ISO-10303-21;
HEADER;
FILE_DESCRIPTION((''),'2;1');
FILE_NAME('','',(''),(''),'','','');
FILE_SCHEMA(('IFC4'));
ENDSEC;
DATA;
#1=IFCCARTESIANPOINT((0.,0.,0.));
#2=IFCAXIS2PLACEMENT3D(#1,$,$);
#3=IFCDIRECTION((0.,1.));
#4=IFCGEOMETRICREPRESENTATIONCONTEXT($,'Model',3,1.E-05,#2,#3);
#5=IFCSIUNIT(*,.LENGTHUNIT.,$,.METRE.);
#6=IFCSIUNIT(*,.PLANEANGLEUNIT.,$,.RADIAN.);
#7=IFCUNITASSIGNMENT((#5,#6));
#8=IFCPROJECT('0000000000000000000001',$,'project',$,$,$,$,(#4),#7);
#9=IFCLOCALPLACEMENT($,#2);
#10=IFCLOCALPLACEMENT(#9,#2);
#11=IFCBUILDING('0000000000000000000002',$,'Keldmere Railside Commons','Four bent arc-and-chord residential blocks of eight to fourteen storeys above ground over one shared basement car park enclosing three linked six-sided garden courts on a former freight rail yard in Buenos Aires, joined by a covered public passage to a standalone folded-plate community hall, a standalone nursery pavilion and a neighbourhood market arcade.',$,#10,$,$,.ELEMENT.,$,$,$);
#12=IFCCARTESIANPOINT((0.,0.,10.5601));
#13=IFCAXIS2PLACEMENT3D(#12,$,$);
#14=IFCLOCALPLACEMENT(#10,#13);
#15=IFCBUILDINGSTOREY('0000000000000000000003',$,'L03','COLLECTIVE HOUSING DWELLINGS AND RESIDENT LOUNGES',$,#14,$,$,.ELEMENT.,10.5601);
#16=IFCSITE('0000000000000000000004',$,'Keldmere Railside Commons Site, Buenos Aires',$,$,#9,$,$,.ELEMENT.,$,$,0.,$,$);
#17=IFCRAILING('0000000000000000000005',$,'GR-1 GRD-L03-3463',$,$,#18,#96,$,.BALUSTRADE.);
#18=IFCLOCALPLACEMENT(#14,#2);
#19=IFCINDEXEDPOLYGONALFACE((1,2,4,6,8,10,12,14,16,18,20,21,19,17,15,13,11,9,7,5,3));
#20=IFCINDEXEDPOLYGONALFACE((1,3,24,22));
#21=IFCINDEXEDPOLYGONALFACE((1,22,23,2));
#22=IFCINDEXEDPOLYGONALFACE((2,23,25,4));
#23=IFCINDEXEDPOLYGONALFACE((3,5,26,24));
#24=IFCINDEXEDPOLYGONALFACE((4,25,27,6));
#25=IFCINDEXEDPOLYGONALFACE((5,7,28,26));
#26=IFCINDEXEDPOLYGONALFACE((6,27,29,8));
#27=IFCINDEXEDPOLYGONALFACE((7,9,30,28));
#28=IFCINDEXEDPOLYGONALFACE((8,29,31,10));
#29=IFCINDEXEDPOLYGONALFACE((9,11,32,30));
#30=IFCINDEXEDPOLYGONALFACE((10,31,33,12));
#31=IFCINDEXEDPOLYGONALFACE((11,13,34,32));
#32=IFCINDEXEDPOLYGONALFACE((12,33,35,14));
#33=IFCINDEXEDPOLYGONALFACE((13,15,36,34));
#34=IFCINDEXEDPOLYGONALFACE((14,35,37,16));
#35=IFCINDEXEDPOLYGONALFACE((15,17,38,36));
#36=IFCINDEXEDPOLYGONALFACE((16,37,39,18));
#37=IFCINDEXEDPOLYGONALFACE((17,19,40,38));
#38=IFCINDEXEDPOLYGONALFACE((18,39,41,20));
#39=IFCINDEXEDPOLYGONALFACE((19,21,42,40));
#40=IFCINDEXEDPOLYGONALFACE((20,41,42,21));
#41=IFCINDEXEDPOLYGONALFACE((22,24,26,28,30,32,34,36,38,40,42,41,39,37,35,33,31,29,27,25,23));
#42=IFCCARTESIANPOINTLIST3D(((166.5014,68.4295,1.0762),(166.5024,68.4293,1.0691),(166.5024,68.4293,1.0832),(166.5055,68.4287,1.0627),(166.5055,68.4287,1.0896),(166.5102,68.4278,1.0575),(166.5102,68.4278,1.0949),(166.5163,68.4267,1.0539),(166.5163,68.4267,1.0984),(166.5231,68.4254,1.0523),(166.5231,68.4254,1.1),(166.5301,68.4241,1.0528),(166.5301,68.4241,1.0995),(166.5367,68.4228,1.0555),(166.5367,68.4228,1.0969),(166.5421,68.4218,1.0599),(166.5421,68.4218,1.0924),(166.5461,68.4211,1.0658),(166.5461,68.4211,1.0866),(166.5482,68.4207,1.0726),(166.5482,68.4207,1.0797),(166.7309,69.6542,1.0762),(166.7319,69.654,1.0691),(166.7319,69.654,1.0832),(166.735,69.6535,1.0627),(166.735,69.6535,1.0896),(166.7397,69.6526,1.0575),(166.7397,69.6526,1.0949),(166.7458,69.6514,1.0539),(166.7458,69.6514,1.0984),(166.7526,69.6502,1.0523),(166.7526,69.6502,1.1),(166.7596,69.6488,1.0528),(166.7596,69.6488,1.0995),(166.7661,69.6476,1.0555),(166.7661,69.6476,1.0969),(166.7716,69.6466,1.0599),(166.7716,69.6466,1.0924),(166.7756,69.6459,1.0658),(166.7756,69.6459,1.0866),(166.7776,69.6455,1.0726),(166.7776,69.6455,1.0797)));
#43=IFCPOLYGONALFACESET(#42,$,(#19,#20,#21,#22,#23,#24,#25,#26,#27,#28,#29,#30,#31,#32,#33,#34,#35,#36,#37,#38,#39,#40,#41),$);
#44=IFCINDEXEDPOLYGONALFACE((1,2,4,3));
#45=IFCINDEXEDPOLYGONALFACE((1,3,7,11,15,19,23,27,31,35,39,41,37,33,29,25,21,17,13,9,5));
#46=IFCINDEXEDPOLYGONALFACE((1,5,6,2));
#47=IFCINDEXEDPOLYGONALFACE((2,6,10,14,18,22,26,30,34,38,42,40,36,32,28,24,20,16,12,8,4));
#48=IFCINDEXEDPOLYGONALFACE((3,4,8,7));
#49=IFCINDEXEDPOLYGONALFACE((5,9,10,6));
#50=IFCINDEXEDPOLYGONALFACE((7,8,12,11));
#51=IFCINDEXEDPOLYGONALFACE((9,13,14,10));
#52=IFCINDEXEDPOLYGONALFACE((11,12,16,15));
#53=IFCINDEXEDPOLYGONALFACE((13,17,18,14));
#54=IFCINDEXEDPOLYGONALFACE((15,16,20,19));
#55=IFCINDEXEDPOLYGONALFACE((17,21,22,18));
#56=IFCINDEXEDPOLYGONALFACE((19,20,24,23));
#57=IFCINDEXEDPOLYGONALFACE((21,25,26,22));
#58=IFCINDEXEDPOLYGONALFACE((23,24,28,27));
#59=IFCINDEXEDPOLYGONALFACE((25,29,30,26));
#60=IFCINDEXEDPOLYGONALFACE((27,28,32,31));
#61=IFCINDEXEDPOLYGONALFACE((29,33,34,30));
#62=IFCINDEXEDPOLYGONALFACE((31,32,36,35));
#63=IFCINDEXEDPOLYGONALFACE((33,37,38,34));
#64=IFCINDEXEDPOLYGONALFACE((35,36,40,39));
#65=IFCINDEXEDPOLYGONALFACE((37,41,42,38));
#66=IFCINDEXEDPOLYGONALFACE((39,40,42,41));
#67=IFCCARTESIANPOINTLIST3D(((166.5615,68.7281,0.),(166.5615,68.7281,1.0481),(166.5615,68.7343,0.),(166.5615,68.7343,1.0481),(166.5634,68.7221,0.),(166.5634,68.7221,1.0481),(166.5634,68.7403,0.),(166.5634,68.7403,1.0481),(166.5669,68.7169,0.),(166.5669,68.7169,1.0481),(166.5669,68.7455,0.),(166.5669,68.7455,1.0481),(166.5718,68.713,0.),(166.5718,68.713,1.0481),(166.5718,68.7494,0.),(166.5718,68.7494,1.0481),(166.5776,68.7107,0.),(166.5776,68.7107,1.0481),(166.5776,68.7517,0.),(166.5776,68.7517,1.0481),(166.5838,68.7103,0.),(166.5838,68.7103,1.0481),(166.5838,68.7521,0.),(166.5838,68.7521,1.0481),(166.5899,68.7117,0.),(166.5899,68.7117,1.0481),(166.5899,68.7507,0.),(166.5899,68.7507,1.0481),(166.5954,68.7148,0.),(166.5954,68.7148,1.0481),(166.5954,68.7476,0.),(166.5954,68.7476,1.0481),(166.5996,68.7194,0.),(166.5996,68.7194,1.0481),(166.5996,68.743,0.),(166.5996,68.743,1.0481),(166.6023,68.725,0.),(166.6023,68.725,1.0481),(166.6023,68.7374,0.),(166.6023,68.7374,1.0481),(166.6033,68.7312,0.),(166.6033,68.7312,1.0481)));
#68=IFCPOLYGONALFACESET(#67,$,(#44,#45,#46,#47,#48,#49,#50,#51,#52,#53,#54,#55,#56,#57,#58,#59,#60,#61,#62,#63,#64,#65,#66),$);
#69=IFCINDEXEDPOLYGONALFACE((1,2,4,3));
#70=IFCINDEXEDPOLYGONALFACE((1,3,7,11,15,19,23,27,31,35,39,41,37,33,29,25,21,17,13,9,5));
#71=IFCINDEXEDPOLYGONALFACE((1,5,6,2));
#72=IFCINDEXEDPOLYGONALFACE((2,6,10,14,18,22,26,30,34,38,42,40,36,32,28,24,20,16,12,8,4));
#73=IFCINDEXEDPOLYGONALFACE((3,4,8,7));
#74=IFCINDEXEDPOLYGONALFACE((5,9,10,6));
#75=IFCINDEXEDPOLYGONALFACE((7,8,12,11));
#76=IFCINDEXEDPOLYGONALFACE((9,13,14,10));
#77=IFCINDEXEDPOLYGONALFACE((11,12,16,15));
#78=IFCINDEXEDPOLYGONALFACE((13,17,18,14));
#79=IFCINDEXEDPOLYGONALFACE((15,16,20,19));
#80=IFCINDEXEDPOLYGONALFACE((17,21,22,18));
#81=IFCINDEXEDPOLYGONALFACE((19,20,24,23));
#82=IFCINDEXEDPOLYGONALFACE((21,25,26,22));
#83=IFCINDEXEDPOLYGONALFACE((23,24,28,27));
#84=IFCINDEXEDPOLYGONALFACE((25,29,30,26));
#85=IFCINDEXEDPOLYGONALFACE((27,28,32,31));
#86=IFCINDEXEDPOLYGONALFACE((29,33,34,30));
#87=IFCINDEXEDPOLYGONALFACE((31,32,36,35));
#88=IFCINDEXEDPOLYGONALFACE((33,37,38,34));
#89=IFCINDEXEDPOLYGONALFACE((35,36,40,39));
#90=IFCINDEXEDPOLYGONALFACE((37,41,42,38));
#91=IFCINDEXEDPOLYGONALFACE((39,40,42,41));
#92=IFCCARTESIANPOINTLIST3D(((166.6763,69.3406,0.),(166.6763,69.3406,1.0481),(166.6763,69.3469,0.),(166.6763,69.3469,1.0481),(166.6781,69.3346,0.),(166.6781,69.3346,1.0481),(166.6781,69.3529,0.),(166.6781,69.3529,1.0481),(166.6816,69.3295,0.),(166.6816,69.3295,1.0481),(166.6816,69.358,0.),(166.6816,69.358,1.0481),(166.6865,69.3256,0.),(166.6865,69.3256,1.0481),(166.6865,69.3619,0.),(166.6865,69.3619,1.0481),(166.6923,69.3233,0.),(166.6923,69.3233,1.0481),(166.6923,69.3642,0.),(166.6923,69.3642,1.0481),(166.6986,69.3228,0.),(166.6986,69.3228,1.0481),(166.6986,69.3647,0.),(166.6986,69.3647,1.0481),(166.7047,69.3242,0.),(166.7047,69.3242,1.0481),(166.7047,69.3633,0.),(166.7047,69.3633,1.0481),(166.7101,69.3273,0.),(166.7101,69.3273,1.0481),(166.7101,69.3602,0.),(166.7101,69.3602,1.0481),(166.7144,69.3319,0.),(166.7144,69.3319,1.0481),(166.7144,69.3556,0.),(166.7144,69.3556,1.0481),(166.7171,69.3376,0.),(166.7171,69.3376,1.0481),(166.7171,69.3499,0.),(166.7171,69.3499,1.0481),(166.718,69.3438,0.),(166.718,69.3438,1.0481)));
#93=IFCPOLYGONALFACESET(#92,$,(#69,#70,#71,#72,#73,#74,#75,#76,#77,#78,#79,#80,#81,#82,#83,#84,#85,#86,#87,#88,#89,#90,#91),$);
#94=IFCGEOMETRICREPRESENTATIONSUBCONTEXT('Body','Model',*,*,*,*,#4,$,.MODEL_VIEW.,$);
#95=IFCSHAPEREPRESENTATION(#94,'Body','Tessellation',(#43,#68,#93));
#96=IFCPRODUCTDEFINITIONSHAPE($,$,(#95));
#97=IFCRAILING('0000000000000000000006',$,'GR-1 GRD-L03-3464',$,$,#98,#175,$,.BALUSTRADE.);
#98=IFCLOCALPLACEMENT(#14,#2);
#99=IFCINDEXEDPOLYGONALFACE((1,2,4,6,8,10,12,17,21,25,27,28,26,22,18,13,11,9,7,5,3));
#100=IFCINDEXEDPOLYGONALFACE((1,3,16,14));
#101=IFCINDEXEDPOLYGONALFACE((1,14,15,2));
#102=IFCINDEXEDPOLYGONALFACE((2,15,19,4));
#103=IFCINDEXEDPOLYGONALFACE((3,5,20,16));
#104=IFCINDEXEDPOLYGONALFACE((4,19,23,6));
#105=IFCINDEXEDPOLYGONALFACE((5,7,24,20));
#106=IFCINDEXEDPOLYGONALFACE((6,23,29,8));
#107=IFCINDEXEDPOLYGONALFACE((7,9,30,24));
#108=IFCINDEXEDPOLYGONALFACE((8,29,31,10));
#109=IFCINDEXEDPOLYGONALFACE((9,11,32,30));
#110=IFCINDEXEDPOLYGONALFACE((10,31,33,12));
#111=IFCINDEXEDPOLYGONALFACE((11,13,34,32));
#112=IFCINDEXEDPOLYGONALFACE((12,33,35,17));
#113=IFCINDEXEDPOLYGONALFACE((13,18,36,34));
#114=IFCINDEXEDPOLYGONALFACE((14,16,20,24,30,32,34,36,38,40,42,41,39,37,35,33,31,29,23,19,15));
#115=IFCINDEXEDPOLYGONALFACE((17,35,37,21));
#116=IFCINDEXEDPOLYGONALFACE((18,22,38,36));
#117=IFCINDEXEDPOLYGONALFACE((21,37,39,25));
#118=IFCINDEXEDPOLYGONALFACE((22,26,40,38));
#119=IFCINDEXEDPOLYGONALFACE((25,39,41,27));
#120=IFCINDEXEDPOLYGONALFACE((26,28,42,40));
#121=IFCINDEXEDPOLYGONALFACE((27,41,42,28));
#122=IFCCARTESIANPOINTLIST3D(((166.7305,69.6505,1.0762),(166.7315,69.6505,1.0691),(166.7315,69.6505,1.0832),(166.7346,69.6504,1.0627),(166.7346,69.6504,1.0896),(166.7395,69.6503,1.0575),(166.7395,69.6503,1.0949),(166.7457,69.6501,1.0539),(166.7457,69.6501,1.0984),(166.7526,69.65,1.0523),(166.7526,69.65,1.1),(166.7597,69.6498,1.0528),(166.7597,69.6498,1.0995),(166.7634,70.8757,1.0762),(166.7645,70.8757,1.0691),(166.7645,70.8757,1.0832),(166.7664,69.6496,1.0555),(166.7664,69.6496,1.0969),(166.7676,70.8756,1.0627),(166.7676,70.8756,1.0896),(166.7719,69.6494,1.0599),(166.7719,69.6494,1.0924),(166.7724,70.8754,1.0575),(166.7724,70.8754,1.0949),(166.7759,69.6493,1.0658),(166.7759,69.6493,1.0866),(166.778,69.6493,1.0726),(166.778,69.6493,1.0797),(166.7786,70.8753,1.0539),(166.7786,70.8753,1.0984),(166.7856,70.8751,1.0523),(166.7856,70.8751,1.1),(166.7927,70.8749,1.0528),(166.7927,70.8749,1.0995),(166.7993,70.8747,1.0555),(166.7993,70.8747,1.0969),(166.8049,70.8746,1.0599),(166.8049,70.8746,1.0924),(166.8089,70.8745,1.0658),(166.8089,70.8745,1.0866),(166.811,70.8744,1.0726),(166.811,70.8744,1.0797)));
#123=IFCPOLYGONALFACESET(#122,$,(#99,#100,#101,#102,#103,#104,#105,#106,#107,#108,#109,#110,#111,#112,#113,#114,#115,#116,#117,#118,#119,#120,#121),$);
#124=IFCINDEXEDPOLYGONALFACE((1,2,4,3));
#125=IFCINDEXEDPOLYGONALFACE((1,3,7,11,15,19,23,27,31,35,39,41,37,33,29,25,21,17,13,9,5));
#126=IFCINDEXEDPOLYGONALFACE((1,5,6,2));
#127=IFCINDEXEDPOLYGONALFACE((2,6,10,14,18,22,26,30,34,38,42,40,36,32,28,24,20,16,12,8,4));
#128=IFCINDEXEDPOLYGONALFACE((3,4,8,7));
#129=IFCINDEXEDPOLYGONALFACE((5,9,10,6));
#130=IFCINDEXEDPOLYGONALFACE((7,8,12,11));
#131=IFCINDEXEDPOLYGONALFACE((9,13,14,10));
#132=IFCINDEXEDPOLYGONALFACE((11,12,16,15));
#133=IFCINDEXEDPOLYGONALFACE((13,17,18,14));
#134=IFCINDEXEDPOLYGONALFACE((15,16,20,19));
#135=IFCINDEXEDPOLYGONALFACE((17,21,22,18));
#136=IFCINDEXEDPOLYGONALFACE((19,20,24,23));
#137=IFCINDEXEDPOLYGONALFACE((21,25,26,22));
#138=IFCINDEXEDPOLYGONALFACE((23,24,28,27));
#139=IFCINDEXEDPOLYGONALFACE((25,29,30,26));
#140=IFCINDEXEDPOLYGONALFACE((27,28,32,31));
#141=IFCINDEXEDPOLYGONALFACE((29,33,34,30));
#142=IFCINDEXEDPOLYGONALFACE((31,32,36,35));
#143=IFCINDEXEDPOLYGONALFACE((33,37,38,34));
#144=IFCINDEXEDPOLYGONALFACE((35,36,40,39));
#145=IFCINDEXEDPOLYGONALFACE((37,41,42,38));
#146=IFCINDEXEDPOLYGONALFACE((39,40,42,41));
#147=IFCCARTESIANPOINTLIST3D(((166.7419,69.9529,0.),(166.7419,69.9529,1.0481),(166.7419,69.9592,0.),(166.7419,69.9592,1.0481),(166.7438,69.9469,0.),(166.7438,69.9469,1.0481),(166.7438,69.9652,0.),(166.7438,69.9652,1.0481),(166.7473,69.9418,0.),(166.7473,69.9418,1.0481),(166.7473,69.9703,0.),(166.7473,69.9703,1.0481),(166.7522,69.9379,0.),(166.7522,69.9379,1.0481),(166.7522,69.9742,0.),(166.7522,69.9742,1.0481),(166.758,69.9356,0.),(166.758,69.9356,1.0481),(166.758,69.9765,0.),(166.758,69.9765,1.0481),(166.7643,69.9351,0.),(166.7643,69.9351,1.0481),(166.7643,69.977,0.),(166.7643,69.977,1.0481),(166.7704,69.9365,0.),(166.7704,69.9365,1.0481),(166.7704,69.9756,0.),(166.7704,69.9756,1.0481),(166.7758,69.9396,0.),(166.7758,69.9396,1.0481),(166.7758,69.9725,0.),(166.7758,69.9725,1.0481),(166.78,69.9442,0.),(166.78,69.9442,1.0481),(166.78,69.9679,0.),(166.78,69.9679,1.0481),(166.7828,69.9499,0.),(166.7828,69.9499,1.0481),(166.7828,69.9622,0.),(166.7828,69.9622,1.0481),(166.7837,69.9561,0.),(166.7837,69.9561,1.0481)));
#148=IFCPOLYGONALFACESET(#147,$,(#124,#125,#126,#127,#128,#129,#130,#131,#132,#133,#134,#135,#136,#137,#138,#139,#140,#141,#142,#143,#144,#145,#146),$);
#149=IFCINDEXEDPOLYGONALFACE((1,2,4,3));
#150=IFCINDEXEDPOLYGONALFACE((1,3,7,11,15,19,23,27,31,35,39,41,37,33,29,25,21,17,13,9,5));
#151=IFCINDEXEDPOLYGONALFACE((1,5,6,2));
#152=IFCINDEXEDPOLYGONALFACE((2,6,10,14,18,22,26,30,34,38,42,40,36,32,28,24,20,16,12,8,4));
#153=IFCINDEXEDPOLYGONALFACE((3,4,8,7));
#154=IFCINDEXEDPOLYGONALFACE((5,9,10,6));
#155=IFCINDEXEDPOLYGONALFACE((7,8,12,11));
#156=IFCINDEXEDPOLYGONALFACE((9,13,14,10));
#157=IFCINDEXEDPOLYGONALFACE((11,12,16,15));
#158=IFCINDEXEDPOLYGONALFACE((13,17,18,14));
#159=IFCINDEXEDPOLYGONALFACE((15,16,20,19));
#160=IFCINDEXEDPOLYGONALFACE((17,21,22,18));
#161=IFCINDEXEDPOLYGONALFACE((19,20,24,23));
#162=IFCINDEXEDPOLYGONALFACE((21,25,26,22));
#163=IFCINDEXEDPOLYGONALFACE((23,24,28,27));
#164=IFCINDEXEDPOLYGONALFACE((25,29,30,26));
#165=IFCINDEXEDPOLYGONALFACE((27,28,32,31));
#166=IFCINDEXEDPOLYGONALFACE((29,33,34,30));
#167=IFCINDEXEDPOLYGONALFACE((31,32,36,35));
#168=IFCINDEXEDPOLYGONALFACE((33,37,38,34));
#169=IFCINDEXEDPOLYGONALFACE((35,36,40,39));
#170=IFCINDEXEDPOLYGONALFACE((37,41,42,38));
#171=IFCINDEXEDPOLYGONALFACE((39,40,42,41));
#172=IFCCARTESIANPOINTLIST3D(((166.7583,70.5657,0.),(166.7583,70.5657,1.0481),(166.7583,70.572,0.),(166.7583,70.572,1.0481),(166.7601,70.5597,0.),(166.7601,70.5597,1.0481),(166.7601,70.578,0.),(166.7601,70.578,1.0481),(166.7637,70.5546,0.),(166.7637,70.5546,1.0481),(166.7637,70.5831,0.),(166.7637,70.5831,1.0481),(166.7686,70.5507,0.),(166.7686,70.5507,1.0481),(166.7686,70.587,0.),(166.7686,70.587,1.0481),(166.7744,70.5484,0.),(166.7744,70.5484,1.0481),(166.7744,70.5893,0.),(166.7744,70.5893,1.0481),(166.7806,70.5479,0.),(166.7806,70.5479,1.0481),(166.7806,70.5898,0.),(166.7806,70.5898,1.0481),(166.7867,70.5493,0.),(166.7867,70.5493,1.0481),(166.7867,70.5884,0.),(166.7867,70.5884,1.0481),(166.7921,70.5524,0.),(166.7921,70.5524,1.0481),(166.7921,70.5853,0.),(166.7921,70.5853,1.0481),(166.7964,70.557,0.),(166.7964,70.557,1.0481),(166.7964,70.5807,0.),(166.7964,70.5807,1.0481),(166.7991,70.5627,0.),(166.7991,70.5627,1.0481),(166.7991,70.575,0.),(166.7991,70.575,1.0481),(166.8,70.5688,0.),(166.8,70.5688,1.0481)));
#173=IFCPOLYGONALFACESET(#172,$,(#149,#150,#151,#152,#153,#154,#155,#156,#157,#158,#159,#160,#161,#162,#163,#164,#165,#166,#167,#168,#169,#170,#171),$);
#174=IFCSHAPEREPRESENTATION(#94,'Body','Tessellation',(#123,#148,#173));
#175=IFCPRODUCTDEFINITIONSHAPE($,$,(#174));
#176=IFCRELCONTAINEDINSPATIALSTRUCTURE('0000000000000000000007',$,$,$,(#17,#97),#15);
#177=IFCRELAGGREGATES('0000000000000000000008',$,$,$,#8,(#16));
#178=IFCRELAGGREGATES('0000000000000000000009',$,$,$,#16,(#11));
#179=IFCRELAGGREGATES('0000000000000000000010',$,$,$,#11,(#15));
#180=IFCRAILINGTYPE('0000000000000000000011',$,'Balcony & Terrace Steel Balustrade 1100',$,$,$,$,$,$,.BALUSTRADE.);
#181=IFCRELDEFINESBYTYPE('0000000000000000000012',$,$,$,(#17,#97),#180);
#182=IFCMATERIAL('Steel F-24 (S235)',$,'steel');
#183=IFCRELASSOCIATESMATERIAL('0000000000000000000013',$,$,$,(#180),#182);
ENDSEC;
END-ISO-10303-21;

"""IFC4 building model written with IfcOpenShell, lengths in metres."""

from ifc_helpers import new_model, si_unit, direction, frame, origin, origin_2d, place, context, subcontext, project, spatial, circle, extrude, material, type_object, element, save


model = new_model("IFC4")

# Units and contexts
model_context = context("Model", 3, precision=1e-05, world=origin(), true_north=direction((0.0, 1.0)))
body_context = subcontext(model_context, "Body", "Model", "MODEL_VIEW")
ifc_project = project(units=[si_unit("LENGTHUNIT", "METRE"), si_unit("PLANEANGLEUNIT", "RADIAN")], contexts=[model_context])

# Site, building, storey
site_placement = place(None, origin())
site = spatial("IfcSite", under=ifc_project, at=site_placement, Name="Keldmere Railside Commons Site, Buenos Aires", CompositionType="ELEMENT", RefElevation=0.0)
building_placement = place(site_placement, origin())
building = spatial("IfcBuilding", under=site, at=building_placement, Name="Keldmere Railside Commons", Description="Four bent arc-and-chord residential blocks of eight to fourteen storeys above ground over one shared basement car park enclosing three linked six-sided garden courts on a former freight rail yard in Buenos Aires, joined by a covered public passage to a standalone folded-plate community hall, a standalone nursery pavilion and a neighbourhood market arcade.", CompositionType="ELEMENT")
storey_placement = place(building_placement, frame((0.0, 0.0, 10.5601)))
storey = spatial("IfcBuildingStorey", under=building, at=storey_placement, Name="L03", Description="COLLECTIVE HOUSING DWELLINGS AND RESIDENT LOUNGES", CompositionType="ELEMENT", Elevation=10.5601)

# Shared definitions
ifc_material_1 = material(Name="Steel F-24 (S235)", Category="steel")

# Railings
railing_type = type_object("IfcRailingType", Name="Balcony & Terrace Steel Balustrade 1100", PredefinedType="BALUSTRADE", material=ifc_material_1)
railing_1_placement = place(storey_placement, frame((166.5249, 68.425, 0.0)))
element("IfcRailing", 1, at=railing_1_placement, inside=storey, type_object=railing_type, Name="GR-1 GRD-L03-3463", PredefinedType="BALUSTRADE", context=body_context, shape_type="SweptSolid", body=[
    extrude(circle(Radius=0.0239, at=origin_2d()), frame((0.0, 0.0, 1.0762), z_axis=(0.184158, 0.982897, 0.0), x_axis=(-0.982897, 0.184158, 0.0)), (0.0, 0.0, 1.0), 1.2461),
    extrude(circle(Radius=0.021, at=origin_2d()), frame((0.0574, 0.3062, 0.0)), (0.0, 0.0, 1.0), 1.0481),
    extrude(circle(Radius=0.021, at=origin_2d()), frame((0.1721, 0.9187, 0.0)), (0.0, 0.0, 1.0), 1.0481),
])
railing_2_placement = place(storey_placement, frame((166.7544, 69.6499, 0.0)))
element("IfcRailing", 2, at=railing_2_placement, inside=storey, type_object=railing_type, Name="GR-1 GRD-L03-3464", PredefinedType="BALUSTRADE", context=body_context, shape_type="SweptSolid", body=[
    extrude(circle(Radius=0.0239, at=origin_2d()), frame((0.0, 0.0, 1.0762), z_axis=(0.026893, 0.999638, 0.0), x_axis=(-0.999638, 0.026893, 0.0)), (0.0, 0.0, 1.0), 1.2256),
    extrude(circle(Radius=0.021, at=origin_2d()), frame((0.0083, 0.3062, 0.0)), (0.0, 0.0, 1.0), 1.0481),
    extrude(circle(Radius=0.021, at=origin_2d()), frame((0.0247, 0.9189, 0.0)), (0.0, 0.0, 1.0), 1.0481),
])

save(model, "model.ifc")
